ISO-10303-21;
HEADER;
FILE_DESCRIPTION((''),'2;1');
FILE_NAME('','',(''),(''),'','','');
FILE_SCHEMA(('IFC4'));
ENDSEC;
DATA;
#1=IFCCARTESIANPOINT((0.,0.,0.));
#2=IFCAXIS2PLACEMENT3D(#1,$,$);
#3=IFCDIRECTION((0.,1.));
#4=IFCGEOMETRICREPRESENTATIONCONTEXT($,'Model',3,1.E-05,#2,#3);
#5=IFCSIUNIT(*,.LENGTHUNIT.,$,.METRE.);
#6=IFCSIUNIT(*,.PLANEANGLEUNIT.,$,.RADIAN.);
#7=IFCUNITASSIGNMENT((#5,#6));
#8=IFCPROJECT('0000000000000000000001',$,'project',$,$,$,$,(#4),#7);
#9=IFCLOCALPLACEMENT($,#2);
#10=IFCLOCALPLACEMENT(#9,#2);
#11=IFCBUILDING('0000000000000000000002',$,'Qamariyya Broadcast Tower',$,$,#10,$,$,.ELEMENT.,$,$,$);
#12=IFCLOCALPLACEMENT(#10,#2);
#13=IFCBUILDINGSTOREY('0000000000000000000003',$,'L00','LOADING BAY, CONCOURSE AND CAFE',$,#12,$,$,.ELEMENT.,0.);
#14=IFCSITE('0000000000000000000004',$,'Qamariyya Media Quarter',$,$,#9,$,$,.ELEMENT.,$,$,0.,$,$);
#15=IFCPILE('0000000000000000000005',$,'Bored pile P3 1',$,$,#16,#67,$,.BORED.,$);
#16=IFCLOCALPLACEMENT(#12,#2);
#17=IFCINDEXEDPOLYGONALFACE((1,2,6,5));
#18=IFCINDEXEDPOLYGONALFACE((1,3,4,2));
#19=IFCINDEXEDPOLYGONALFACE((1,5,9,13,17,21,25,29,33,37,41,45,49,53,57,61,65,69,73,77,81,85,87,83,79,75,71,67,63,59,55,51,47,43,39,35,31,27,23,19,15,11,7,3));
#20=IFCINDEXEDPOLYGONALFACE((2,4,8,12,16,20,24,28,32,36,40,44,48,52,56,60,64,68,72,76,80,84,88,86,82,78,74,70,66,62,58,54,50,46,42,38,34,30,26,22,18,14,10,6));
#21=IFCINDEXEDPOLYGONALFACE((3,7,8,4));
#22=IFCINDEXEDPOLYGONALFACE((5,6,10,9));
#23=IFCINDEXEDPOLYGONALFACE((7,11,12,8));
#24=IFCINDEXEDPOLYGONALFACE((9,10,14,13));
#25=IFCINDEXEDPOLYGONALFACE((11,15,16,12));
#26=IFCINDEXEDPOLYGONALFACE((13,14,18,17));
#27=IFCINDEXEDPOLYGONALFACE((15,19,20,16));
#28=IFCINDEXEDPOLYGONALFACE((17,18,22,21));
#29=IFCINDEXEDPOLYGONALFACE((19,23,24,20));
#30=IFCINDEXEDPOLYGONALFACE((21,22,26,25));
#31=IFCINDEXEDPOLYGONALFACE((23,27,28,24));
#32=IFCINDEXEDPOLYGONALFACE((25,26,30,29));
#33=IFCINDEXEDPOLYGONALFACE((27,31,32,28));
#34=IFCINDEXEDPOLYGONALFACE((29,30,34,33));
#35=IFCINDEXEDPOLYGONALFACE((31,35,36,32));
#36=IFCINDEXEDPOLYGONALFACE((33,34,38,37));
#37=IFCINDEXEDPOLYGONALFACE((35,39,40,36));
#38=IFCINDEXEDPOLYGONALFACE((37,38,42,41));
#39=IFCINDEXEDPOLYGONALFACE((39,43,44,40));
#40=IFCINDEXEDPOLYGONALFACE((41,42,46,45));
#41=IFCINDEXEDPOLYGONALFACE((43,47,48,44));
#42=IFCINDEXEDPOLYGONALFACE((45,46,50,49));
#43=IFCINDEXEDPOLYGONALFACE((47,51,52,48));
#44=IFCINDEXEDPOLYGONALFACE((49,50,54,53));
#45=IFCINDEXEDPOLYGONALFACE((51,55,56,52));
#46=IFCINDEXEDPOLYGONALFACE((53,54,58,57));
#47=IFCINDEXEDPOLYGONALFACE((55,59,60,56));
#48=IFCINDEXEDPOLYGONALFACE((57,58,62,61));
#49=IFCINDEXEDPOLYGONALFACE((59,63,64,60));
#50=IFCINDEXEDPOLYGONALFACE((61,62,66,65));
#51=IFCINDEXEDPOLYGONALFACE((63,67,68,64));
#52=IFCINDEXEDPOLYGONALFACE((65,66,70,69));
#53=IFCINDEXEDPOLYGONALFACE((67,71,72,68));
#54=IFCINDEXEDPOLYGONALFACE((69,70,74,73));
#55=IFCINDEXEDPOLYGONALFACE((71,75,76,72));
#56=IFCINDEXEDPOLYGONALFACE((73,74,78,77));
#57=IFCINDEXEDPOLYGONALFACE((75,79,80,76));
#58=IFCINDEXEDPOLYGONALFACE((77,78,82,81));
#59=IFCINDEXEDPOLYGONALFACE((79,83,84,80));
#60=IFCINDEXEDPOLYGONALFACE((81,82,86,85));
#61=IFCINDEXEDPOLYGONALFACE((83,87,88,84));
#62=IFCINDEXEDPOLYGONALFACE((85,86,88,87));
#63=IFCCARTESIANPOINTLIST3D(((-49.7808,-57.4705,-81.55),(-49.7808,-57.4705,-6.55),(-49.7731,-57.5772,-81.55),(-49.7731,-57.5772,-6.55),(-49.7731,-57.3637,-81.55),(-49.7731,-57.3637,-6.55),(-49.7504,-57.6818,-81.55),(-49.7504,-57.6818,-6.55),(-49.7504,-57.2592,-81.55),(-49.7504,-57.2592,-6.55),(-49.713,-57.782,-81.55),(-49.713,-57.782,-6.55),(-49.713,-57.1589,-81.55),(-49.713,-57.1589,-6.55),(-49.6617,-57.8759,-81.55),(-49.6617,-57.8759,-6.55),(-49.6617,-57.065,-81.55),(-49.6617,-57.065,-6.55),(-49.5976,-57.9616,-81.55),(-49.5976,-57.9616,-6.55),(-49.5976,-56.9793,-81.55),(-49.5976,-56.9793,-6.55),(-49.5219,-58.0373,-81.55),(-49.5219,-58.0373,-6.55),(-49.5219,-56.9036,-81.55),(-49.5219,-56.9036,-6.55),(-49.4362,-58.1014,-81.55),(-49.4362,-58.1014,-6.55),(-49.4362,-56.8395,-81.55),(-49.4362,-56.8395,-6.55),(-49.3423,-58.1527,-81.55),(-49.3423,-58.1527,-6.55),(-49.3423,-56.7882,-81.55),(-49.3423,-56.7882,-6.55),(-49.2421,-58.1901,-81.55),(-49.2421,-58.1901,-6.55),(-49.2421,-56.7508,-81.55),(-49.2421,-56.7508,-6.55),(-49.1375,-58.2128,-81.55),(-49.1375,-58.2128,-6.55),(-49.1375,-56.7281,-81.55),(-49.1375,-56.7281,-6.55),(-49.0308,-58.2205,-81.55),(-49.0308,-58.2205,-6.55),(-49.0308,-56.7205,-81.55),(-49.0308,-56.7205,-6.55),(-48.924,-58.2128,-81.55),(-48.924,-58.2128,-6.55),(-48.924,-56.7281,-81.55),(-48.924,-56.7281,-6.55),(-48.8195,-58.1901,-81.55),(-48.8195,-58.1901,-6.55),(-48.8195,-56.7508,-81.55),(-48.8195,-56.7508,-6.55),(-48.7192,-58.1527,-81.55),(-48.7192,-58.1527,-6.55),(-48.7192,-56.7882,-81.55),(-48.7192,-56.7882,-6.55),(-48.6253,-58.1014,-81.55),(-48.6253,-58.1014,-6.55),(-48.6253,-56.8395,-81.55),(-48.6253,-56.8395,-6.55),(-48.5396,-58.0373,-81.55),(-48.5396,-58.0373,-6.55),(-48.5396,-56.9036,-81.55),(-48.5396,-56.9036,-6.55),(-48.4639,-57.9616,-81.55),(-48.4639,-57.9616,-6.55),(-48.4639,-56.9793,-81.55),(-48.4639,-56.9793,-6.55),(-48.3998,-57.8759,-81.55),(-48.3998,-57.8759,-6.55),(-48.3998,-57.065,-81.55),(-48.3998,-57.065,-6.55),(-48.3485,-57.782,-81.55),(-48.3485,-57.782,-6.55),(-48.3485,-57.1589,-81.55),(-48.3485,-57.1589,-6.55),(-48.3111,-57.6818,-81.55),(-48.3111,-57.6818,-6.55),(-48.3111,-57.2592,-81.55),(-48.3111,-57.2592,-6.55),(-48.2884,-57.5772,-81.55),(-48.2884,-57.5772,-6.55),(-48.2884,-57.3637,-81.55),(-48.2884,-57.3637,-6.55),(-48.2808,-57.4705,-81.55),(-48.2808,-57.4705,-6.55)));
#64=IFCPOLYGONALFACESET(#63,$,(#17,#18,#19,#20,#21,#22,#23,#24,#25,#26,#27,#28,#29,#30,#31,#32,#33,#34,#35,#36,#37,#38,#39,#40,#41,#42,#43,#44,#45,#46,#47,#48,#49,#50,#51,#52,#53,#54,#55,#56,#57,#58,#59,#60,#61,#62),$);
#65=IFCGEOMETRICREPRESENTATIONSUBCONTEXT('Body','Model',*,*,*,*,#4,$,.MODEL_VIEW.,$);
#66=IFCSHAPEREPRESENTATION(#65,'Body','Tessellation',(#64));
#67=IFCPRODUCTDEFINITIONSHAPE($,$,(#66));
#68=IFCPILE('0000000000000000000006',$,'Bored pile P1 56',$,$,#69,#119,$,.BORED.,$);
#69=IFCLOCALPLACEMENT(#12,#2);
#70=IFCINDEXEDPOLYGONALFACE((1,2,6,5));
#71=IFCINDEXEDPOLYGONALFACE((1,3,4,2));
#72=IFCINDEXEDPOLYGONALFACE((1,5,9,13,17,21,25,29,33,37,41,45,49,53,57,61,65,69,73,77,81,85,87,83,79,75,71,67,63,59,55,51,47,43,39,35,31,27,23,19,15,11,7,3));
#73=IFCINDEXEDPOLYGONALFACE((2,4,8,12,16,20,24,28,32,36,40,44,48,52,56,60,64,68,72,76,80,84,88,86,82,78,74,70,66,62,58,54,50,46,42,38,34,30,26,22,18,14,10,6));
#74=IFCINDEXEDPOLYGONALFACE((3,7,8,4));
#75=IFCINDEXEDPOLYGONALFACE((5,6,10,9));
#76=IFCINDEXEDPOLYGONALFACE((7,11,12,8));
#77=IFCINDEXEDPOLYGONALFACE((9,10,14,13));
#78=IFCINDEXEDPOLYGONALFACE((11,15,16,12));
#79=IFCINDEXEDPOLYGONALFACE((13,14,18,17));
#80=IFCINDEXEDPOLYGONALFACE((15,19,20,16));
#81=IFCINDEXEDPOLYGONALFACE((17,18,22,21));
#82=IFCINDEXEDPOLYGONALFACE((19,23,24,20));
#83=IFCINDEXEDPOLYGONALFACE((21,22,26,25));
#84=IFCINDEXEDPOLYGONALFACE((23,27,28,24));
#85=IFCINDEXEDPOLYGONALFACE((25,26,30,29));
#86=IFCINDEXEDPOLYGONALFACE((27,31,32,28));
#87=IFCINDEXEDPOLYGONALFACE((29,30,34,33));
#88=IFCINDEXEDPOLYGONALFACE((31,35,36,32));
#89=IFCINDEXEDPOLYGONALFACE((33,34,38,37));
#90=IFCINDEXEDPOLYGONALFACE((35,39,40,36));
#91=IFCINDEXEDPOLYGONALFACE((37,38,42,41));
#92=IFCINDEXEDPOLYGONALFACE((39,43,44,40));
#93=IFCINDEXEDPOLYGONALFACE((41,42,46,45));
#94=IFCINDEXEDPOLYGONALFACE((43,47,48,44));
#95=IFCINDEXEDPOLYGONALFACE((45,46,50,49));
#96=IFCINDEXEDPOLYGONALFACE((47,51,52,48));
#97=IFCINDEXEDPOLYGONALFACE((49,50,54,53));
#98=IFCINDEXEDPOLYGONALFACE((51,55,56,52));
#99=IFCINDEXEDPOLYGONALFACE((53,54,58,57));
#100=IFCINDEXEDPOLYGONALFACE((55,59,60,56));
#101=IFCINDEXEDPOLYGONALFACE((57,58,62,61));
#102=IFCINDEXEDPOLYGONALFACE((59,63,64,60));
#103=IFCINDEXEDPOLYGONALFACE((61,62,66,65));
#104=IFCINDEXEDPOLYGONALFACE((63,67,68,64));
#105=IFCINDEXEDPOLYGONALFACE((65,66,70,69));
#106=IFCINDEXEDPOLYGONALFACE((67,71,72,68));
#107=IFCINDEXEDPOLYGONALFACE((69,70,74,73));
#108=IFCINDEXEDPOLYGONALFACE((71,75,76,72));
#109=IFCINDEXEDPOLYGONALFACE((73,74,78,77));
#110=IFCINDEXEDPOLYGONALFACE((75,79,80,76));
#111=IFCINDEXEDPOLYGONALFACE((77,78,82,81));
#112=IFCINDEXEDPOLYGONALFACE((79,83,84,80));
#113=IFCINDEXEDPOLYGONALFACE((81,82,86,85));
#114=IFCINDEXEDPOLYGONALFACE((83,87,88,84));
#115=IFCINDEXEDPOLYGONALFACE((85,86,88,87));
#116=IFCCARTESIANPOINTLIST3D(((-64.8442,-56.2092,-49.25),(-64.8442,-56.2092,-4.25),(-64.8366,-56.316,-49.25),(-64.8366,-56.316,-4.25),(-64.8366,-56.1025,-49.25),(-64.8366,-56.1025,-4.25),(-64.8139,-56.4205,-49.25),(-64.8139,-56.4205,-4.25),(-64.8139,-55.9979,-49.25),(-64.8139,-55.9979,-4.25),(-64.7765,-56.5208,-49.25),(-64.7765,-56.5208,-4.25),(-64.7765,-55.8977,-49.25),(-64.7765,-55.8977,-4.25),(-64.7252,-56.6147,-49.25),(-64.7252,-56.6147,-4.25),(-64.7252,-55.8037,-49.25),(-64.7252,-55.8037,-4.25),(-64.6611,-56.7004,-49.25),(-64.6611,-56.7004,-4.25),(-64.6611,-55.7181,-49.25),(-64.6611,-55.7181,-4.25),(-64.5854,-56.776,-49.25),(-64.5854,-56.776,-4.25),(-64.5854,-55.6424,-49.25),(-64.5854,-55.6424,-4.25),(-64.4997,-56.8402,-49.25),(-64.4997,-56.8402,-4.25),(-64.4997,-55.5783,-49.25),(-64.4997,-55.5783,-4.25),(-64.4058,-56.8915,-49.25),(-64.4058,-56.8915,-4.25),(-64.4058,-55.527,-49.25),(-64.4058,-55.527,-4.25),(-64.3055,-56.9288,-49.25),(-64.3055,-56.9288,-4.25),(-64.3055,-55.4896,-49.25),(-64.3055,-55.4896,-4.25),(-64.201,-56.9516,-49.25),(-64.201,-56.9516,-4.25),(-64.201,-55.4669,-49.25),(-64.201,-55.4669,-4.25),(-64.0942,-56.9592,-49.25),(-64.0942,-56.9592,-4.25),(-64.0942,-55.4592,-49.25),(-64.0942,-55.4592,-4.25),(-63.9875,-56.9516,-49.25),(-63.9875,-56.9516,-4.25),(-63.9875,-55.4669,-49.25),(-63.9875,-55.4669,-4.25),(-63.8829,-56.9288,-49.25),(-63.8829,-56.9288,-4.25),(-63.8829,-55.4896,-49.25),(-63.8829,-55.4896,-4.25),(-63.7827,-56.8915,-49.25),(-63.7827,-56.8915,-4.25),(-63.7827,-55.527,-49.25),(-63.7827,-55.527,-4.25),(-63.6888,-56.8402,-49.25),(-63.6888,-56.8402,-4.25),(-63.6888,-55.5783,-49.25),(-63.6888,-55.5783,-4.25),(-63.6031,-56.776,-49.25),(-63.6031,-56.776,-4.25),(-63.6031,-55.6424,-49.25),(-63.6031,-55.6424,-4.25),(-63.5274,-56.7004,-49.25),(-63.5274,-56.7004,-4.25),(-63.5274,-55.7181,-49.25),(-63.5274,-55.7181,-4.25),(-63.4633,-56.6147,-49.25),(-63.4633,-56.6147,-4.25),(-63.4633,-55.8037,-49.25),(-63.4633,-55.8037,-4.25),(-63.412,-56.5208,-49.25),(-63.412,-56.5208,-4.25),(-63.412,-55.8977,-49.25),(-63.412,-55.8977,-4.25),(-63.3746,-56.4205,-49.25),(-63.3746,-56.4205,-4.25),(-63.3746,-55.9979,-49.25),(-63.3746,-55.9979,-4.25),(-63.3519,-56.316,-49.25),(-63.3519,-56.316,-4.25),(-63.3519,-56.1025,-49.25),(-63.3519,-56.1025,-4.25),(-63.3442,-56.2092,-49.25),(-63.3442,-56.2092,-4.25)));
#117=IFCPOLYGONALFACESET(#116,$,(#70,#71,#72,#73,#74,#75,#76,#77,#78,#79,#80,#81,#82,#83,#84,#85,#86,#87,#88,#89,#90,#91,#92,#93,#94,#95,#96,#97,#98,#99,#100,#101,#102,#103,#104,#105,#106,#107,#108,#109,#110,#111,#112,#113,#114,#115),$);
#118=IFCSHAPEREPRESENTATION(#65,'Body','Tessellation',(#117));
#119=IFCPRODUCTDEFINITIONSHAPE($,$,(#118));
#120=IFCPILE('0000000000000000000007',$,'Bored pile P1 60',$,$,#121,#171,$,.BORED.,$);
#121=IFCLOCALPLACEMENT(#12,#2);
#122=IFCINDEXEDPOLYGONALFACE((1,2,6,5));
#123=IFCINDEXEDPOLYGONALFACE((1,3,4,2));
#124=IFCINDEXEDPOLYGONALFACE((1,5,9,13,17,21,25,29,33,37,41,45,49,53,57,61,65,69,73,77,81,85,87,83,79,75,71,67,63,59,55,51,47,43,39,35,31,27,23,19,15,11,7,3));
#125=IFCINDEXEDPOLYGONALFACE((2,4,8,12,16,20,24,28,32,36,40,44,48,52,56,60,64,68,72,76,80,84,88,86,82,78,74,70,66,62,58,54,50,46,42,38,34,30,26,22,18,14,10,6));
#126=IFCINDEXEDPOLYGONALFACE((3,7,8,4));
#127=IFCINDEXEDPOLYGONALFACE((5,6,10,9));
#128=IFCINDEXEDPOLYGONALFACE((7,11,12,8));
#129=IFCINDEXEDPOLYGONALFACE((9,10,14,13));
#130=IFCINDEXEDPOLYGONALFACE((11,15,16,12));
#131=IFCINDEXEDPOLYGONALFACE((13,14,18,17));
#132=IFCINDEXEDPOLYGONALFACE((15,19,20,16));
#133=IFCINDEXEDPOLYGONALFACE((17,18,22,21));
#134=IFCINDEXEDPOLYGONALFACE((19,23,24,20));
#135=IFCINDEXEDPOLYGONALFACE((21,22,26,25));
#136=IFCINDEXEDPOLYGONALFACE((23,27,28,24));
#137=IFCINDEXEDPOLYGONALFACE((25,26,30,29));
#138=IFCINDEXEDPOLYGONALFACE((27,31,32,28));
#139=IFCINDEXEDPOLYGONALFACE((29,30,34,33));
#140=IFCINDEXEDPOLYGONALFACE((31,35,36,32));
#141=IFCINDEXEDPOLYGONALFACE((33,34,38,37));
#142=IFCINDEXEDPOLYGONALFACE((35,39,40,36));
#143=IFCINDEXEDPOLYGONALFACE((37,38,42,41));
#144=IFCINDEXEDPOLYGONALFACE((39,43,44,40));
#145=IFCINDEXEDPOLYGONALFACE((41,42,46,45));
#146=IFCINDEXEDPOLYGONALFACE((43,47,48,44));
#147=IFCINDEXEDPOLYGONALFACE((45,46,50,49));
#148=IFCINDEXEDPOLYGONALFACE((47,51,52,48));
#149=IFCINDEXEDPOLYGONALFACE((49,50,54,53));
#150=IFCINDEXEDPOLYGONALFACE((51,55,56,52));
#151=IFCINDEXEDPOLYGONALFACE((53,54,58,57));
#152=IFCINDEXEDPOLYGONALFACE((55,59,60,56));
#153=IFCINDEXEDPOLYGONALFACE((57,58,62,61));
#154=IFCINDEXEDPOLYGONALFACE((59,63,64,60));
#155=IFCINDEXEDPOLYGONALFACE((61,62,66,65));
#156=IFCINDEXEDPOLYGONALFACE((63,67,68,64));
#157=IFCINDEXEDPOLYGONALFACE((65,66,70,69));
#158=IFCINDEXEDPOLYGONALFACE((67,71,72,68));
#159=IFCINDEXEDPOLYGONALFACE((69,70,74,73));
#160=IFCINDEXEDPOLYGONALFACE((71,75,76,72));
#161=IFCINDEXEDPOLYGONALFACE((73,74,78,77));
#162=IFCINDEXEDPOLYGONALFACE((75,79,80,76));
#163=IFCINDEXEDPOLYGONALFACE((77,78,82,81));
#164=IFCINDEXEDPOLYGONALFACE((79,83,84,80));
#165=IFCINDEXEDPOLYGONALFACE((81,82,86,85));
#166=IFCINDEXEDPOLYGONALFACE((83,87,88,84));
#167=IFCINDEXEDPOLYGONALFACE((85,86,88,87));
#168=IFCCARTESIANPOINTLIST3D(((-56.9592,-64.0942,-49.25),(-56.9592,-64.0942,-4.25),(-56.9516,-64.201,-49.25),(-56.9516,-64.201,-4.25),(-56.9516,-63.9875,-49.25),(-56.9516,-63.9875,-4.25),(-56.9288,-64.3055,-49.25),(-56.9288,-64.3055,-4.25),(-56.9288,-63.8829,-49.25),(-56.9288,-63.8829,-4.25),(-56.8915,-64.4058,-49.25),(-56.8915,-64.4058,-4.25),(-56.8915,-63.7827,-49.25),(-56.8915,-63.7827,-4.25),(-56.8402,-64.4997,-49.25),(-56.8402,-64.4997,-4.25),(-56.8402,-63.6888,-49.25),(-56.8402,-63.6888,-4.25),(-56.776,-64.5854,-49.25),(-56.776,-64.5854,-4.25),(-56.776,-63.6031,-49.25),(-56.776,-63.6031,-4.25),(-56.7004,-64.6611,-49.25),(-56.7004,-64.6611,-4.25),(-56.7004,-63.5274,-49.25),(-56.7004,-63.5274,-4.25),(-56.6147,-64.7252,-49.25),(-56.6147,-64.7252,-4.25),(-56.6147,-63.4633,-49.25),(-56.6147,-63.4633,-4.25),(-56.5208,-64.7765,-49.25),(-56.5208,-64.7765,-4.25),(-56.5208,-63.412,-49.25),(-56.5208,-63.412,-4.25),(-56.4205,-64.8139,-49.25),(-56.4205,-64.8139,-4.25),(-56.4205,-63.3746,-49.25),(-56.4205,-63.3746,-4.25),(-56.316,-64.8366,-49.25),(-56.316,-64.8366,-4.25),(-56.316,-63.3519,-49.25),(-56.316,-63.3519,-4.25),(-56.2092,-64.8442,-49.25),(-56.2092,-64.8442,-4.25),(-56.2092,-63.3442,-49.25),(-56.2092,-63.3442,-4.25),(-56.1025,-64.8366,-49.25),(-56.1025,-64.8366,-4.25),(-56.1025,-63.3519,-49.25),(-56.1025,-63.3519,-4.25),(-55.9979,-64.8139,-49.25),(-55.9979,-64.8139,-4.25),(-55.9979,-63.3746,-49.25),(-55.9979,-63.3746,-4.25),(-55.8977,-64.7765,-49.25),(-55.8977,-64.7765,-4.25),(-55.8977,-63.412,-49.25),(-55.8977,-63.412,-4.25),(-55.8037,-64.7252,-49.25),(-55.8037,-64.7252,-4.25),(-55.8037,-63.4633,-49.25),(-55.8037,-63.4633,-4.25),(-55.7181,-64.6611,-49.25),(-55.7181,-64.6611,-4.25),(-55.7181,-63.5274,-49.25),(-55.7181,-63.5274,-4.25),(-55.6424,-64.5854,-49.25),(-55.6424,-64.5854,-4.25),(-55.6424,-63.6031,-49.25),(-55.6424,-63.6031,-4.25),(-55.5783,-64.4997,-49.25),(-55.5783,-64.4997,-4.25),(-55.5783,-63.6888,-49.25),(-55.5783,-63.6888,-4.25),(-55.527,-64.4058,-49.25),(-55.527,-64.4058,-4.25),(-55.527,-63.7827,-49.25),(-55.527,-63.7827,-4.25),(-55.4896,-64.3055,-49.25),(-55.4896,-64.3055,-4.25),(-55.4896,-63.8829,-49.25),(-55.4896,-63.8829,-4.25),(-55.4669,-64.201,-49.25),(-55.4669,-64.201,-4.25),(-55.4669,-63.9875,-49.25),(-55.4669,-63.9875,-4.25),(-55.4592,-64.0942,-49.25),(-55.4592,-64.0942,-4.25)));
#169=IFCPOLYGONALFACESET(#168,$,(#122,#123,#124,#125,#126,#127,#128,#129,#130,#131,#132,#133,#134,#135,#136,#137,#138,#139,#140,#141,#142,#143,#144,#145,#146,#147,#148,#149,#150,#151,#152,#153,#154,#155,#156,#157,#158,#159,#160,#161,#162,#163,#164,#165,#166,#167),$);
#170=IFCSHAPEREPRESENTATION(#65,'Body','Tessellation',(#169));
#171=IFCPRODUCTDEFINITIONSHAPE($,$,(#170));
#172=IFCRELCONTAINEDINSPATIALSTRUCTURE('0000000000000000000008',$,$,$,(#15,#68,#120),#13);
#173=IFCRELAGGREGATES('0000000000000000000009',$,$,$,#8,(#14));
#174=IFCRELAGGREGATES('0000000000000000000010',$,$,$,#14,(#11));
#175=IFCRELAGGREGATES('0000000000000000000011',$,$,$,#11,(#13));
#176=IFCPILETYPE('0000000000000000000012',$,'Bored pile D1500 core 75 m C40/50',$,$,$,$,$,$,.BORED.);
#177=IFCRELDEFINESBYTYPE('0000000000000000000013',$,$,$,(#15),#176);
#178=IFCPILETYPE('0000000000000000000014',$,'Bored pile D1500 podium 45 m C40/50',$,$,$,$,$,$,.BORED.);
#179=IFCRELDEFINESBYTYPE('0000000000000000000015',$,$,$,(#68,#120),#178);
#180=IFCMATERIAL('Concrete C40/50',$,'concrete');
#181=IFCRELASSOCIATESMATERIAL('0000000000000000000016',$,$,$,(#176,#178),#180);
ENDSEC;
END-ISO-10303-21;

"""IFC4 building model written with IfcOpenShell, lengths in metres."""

from ifc_helpers import new_model, si_unit, direction, frame, origin, origin_2d, place, context, subcontext, project, spatial, circle, extrude, material, material_profile, profile_set, type_object, element, save


model = new_model("IFC4")

# Units and contexts
model_context = context("Model", 3, precision=1e-05, world=origin(), true_north=direction((0.0, 1.0)))
body_context = subcontext(model_context, "Body", "Model", "MODEL_VIEW")
ifc_project = project(units=[si_unit("LENGTHUNIT", "METRE"), si_unit("PLANEANGLEUNIT", "RADIAN")], contexts=[model_context])

# Site, building, storey
site_placement = place(None, origin())
site = spatial("IfcSite", under=ifc_project, at=site_placement, Name="Qamariyya Media Quarter", CompositionType="ELEMENT", RefElevation=0.0)
building_placement = place(site_placement, origin())
building = spatial("IfcBuilding", under=site, at=building_placement, Name="Qamariyya Broadcast Tower", CompositionType="ELEMENT")
storey_placement = place(building_placement, origin())
storey = spatial("IfcBuildingStorey", under=building, at=storey_placement, Name="L00", Description="LOADING BAY, CONCOURSE AND CAFE", CompositionType="ELEMENT", Elevation=0.0)

# Piles
ifc_material_1 = material(Name="Concrete C40/50", Category="concrete")
ifc_material_profile_1 = material_profile(ifc_material_1, circle(Radius=0.75, at=origin_2d()))
ifc_profile_set_1 = profile_set([ifc_material_profile_1], Name="Concrete C40/50")
pile_type_1 = type_object("IfcPileType", Name="Bored pile D1500 core 75 m C40/50", PredefinedType="BORED", material=ifc_profile_set_1)
pile_placement = place(storey_placement, frame((-49.0308, -57.4705, -6.55), z_axis=(0.0, 0.0, -1.0), x_axis=(1.0, 0.0, 0.0)))
element("IfcPile", 1, at=pile_placement, inside=storey, type_object=pile_type_1, Name="Bored pile P3 1", PredefinedType="BORED", context=body_context, shape_type="SweptSolid", body=[
    extrude(circle(Radius=0.75, at=origin_2d()), origin(), (0.0, 0.0, 1.0), 75.0),
])
ifc_material_profile_2 = material_profile(ifc_material_1, circle(Radius=0.75, at=origin_2d()))
ifc_profile_set_2 = profile_set([ifc_material_profile_2], Name="Concrete C40/50")
pile_type_2 = type_object("IfcPileType", Name="Bored pile D1500 podium 45 m C40/50", PredefinedType="BORED", material=ifc_profile_set_2)
for number, where, z_axis, x_axis, name in (
    (2, (-64.0942, -56.2092, -4.25), (0.0, 0.0, -1.0), (1.0, 0.0, 0.0), "Bored pile P1 56"),
    (3, (-56.2092, -64.0942, -4.25), (0.0, 0.0, -1.0), (1.0, 0.0, 0.0), "Bored pile P1 60"),
):
    element("IfcPile", number, at=place(storey_placement, frame(where, z_axis=z_axis, x_axis=x_axis)), inside=storey, type_object=pile_type_2, Name=name, PredefinedType="BORED", context=body_context, shape_type="SweptSolid", body=[
        extrude(circle(Radius=0.75, at=origin_2d()), origin(), (0.0, 0.0, 1.0), 45.0),
    ])

save(model, "model.ifc")
